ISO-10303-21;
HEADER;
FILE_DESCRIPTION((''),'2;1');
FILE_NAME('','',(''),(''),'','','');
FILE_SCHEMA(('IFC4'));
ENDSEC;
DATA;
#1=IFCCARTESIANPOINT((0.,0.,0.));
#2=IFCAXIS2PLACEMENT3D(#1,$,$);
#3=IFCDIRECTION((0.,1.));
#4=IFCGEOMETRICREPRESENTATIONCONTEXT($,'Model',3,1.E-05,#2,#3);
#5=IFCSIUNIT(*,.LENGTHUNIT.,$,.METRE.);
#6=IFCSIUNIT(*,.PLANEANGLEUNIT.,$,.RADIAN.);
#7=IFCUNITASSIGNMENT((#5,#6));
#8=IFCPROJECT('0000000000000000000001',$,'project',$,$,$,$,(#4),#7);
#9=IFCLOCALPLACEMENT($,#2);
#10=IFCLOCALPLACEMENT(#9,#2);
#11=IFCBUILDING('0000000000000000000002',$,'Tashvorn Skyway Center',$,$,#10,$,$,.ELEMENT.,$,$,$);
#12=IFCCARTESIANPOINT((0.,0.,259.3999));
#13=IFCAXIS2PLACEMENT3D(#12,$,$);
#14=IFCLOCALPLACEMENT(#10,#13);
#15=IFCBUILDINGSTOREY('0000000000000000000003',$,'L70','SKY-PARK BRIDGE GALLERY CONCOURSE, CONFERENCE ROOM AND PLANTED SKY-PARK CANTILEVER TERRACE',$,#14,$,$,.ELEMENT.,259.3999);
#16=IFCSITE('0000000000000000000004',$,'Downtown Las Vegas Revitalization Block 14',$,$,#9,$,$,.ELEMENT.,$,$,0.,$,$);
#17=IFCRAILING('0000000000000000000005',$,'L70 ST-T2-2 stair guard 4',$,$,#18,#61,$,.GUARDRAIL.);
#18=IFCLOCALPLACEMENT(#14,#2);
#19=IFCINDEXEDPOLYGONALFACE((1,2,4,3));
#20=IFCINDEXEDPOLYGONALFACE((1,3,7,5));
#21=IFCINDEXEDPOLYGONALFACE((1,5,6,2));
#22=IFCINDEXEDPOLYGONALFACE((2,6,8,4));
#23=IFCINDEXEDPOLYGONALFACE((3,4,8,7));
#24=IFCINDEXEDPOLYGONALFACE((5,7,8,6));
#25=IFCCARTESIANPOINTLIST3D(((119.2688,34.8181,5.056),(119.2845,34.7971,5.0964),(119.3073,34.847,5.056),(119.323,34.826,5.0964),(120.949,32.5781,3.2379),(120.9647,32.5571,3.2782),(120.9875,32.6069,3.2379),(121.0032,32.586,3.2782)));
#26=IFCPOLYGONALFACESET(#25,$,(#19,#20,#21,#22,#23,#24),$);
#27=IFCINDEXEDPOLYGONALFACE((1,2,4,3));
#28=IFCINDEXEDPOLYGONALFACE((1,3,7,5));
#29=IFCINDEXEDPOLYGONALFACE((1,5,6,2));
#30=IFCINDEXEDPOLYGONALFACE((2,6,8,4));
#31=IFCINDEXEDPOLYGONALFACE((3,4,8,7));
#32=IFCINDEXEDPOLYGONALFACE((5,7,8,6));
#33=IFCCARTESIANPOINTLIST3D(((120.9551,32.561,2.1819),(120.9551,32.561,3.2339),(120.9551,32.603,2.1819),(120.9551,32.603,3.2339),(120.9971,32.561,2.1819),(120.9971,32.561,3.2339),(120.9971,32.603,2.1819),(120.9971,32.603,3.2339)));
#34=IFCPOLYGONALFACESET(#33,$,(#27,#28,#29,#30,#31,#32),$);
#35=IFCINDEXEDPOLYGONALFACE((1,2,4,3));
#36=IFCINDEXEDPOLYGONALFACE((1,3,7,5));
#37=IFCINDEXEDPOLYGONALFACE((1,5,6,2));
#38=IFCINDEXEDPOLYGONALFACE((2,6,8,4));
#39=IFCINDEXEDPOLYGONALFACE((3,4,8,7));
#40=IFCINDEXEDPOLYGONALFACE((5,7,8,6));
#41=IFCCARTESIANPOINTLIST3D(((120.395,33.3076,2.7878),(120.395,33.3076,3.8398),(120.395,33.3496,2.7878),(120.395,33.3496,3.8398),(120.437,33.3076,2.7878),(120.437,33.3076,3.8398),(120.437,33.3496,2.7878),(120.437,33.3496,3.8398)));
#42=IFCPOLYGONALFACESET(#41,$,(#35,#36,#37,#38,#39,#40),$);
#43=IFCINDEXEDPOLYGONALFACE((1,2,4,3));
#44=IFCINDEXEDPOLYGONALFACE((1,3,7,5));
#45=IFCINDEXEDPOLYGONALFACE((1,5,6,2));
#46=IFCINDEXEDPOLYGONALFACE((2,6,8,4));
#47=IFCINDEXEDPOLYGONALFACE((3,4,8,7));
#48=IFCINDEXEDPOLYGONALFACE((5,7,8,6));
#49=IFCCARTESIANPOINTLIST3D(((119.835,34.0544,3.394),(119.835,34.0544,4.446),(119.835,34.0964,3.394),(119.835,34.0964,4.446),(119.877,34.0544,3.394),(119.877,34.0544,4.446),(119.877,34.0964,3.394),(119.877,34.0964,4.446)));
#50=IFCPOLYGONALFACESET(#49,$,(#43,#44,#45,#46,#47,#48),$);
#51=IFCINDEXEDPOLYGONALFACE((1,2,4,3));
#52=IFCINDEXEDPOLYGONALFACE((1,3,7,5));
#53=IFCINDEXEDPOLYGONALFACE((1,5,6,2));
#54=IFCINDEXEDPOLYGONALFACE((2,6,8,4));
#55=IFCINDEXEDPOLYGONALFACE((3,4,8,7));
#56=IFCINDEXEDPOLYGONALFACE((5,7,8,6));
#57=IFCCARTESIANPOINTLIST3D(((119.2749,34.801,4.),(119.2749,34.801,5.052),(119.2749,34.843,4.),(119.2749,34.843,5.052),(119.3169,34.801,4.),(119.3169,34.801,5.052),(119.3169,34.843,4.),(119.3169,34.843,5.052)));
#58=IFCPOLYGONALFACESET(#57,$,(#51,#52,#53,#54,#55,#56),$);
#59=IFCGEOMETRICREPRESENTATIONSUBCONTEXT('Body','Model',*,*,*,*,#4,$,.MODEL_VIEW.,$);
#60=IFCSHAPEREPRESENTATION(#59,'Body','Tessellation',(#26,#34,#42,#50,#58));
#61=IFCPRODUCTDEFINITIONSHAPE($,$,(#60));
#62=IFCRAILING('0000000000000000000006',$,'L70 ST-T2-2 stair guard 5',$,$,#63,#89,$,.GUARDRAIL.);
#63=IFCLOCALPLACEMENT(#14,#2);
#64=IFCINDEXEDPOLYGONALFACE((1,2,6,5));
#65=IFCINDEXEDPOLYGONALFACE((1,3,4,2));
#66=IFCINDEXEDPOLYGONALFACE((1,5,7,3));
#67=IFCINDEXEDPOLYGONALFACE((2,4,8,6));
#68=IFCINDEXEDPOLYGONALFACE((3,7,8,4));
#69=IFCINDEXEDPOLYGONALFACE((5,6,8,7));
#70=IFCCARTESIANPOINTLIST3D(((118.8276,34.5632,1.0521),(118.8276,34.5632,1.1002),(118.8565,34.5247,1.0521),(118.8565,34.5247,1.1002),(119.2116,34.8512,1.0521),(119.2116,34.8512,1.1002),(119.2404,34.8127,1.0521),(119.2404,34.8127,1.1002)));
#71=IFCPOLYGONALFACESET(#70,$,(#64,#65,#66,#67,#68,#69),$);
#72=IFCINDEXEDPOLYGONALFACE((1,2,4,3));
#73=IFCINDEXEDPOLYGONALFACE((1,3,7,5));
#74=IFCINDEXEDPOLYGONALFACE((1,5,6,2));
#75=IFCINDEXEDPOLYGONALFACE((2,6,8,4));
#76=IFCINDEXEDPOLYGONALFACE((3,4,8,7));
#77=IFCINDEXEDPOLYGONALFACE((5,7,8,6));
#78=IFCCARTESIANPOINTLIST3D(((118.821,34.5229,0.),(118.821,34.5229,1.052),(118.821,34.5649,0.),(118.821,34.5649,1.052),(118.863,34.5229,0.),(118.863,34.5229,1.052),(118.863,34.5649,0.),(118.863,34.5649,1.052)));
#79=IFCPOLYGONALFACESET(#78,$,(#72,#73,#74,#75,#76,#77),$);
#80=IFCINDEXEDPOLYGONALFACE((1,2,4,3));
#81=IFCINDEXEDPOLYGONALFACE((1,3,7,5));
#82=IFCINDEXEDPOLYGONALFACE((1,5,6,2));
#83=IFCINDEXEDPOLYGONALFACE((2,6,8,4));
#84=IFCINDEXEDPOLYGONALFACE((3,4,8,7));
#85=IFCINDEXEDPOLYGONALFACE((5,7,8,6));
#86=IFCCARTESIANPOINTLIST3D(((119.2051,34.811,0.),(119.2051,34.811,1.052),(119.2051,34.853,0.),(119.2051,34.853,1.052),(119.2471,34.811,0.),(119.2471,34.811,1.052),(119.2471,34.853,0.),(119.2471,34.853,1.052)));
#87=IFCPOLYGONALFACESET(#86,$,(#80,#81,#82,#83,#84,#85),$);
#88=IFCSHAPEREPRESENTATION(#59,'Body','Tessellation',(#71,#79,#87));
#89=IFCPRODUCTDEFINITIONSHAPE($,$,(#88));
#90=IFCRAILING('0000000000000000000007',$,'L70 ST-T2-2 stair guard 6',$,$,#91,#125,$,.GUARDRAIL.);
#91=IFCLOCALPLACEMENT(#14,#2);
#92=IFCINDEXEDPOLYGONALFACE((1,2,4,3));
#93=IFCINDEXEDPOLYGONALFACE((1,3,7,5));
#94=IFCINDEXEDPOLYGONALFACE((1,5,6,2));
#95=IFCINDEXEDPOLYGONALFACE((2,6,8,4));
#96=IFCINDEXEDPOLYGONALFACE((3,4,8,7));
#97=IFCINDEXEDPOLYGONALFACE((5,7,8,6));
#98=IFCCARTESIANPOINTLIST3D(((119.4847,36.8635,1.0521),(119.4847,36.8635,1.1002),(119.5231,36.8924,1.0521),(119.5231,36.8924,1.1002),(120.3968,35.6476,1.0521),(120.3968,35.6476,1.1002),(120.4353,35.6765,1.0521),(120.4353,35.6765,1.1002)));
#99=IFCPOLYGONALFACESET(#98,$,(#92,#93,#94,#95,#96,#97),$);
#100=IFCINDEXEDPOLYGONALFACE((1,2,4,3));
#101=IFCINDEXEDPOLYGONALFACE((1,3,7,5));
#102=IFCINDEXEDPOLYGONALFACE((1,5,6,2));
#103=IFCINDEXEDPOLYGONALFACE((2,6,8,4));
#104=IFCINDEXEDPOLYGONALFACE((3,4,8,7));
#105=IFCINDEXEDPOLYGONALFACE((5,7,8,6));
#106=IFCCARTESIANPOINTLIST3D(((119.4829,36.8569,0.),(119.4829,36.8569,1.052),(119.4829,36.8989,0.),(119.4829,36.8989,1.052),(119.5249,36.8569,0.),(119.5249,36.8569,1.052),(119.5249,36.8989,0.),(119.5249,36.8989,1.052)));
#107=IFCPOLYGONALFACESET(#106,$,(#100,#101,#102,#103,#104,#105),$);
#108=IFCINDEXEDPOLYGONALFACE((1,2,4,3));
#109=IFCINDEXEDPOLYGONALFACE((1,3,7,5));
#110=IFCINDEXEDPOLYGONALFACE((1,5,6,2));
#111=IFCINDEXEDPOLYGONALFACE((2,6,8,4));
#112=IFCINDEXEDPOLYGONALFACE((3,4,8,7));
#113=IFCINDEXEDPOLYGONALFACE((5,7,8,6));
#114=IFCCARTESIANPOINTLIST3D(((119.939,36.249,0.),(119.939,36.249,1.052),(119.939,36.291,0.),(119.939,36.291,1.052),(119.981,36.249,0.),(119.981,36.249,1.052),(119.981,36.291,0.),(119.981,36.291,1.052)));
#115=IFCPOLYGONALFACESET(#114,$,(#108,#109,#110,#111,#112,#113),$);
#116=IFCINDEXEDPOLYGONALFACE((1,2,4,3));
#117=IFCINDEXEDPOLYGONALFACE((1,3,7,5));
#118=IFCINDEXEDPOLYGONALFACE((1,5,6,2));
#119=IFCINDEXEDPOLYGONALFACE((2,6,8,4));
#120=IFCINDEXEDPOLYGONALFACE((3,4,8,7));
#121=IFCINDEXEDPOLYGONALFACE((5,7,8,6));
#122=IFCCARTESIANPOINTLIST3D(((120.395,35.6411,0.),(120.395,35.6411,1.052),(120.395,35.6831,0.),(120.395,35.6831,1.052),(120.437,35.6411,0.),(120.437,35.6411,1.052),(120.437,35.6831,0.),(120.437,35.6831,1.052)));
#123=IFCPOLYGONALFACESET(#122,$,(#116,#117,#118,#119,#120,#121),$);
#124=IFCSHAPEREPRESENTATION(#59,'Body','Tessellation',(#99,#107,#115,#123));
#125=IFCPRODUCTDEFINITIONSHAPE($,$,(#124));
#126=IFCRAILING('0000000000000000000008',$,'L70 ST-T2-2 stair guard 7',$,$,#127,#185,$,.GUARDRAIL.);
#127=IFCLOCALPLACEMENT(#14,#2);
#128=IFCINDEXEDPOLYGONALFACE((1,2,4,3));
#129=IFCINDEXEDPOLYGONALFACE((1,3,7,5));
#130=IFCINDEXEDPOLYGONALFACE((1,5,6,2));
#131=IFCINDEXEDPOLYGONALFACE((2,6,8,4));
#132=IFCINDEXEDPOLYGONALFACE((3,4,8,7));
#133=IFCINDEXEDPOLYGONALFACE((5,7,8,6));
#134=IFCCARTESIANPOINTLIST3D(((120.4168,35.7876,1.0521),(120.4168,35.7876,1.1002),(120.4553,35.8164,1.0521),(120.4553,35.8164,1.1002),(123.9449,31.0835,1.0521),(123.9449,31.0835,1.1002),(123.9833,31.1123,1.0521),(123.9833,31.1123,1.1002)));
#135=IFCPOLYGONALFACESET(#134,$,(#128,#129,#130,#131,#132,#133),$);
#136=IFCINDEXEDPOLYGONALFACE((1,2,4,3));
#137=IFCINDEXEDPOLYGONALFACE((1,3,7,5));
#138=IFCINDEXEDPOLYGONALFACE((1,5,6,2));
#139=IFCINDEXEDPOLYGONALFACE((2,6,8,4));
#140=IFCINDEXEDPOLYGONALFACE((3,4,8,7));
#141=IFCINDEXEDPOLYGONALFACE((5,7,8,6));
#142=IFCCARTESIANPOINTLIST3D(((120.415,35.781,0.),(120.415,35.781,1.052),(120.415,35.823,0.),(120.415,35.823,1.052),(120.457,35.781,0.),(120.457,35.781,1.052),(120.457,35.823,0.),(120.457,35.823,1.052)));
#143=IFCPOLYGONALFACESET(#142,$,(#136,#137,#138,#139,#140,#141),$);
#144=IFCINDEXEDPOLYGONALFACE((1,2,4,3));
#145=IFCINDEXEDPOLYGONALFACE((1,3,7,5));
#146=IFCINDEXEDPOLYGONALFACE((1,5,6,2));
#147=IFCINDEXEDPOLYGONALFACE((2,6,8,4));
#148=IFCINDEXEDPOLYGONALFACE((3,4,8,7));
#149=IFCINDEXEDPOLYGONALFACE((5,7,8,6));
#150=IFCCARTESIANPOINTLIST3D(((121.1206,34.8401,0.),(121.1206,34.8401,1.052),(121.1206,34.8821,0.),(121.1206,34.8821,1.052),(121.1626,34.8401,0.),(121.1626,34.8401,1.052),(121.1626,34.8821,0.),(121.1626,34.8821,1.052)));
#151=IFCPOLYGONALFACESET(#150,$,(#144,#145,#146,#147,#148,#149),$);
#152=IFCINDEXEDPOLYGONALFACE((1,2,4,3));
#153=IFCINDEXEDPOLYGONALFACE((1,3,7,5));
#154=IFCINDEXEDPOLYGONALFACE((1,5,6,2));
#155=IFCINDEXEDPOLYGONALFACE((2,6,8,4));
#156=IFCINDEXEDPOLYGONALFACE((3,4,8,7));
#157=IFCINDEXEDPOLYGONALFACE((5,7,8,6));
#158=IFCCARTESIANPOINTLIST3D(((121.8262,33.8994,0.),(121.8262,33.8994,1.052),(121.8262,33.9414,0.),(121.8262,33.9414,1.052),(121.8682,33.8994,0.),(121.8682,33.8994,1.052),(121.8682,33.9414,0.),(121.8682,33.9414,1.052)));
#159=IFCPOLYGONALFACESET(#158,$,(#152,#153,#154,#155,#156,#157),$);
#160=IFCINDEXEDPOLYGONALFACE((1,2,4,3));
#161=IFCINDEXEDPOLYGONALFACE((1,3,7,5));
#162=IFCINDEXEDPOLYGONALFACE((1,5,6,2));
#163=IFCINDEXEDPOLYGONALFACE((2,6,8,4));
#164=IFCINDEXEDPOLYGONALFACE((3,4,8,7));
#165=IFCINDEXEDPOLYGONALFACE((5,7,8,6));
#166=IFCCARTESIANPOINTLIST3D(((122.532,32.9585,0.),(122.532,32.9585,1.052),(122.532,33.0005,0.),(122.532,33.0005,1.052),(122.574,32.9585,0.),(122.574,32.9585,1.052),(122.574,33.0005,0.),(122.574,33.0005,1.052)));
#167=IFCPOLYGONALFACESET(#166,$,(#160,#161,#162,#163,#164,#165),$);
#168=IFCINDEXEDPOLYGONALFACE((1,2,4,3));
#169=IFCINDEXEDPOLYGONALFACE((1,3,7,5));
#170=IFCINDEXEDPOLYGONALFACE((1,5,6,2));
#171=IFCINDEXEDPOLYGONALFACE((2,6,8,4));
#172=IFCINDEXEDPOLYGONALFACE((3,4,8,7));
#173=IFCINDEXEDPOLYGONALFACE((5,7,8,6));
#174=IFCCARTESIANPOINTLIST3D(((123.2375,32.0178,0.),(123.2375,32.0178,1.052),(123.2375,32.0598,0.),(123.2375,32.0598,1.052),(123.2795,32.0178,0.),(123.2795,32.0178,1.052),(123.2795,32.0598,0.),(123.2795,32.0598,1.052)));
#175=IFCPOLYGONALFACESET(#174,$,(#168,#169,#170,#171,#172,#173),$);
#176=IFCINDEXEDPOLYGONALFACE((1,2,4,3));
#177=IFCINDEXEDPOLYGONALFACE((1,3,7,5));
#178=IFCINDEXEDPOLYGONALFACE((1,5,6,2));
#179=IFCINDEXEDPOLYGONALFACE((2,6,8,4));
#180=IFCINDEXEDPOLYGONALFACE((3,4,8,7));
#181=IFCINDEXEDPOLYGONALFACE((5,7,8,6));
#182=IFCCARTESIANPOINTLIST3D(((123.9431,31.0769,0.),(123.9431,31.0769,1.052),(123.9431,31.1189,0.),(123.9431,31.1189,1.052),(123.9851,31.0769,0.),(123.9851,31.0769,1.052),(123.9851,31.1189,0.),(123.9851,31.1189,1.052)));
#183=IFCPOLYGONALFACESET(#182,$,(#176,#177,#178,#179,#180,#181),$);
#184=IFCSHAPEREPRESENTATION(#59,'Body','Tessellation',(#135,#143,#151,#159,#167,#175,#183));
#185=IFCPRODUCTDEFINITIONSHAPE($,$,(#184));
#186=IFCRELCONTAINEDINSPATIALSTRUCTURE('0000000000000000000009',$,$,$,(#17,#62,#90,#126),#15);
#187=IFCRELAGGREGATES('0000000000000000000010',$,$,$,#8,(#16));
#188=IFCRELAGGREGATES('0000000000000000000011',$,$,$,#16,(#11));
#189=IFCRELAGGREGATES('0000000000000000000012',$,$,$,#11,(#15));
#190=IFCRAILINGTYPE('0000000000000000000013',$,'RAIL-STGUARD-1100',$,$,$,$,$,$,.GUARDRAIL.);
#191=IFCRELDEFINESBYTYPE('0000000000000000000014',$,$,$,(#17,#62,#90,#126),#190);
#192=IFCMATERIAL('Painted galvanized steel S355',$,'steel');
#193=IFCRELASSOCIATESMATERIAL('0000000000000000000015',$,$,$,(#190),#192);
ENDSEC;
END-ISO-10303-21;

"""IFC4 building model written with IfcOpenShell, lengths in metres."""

from ifc_helpers import new_model, si_unit, direction, frame, origin, origin_2d, place, context, subcontext, project, spatial, rectangle, extrude, material, type_object, element, save


model = new_model("IFC4")

# Units and contexts
model_context = context("Model", 3, precision=1e-05, world=origin(), true_north=direction((0.0, 1.0)))
body_context = subcontext(model_context, "Body", "Model", "MODEL_VIEW")
ifc_project = project(units=[si_unit("LENGTHUNIT", "METRE"), si_unit("PLANEANGLEUNIT", "RADIAN")], contexts=[model_context])

# Site, building, storey
site_placement = place(None, origin())
site = spatial("IfcSite", under=ifc_project, at=site_placement, Name="Downtown Las Vegas Revitalization Block 14", CompositionType="ELEMENT", RefElevation=0.0)
building_placement = place(site_placement, origin())
building = spatial("IfcBuilding", under=site, at=building_placement, Name="Tashvorn Skyway Center", CompositionType="ELEMENT")
storey_placement = place(building_placement, frame((0.0, 0.0, 259.3999)))
storey = spatial("IfcBuildingStorey", under=building, at=storey_placement, Name="L70", Description="SKY-PARK BRIDGE GALLERY CONCOURSE, CONFERENCE ROOM AND PLANTED SKY-PARK CANTILEVER TERRACE", CompositionType="ELEMENT", Elevation=259.3999)

# Railings
ifc_material_1 = material(Name="Painted galvanized steel S355", Category="steel")
railing_type_1 = type_object("IfcRailingType", Name="RAIL-STGUARD-1100", PredefinedType="GUARDRAIL", material=ifc_material_1)
railing_1_placement = place(storey_placement, frame((120.9761, 32.582, 2.1819)))
element("IfcRailing", 1, at=railing_1_placement, inside=storey, type_object=railing_type_1, Name="L70 ST-T2-2 stair guard 4", PredefinedType="GUARDRAIL", context=body_context, shape_type="SweptSolid", body=[
    extrude(rectangle(XDim=0.0481, YDim=0.0481, at=origin_2d()), frame((0.0, 0.0, 1.0762), z_axis=(-0.503261, 0.670942, 0.544578), x_axis=(-0.799969, -0.600042, 0.0)), (0.0, 0.0, 1.0), 3.3386),
    extrude(rectangle(XDim=0.042, YDim=0.042, at=origin_2d()), origin(), (0.0, 0.0, 1.0), 1.052),
    extrude(rectangle(XDim=0.042, YDim=0.042, at=origin_2d()), frame((-0.5601, 0.7466, 0.606)), (0.0, 0.0, 1.0), 1.052),
    extrude(rectangle(XDim=0.042, YDim=0.042, at=origin_2d()), frame((-1.1201, 1.4934, 1.2122)), (0.0, 0.0, 1.0), 1.052),
    extrude(rectangle(XDim=0.042, YDim=0.042, at=origin_2d()), frame((-1.6802, 2.24, 1.8181)), (0.0, 0.0, 1.0), 1.052),
])
railing_2_placement = place(storey_placement, frame((118.842, 34.5439, 0.0)))
element("IfcRailing", 2, at=railing_2_placement, inside=storey, type_object=railing_type_1, Name="L70 ST-T2-2 stair guard 5", PredefinedType="GUARDRAIL", context=body_context, shape_type="SweptSolid", body=[
    extrude(rectangle(XDim=0.0481, YDim=0.0481, at=origin_2d()), frame((0.0, 0.0, 1.0762), z_axis=(0.799939, 0.600081, 0.0), x_axis=(-0.600081, 0.799939, 0.0)), (0.0, 0.0, 1.0), 0.48),
    extrude(rectangle(XDim=0.042, YDim=0.042, at=origin_2d()), origin(), (0.0, 0.0, 1.0), 1.052),
    extrude(rectangle(XDim=0.042, YDim=0.042, at=origin_2d()), frame((0.384, 0.2881, 0.0)), (0.0, 0.0, 1.0), 1.052),
])
railing_3_placement = place(storey_placement, frame((119.5039, 36.8779, 0.0)))
element("IfcRailing", 3, at=railing_3_placement, inside=storey, type_object=railing_type_1, Name="L70 ST-T2-2 stair guard 6", PredefinedType="GUARDRAIL", context=body_context, shape_type="SweptSolid", body=[
    extrude(rectangle(XDim=0.0481, YDim=0.0481, at=origin_2d()), frame((0.0, 0.0, 1.0762), z_axis=(0.600103, -0.799923, 0.0), x_axis=(0.799923, 0.600103, 0.0)), (0.0, 0.0, 1.0), 1.52),
    extrude(rectangle(XDim=0.042, YDim=0.042, at=origin_2d()), origin(), (0.0, 0.0, 1.0), 1.052),
    extrude(rectangle(XDim=0.042, YDim=0.042, at=origin_2d()), frame((0.4561, -0.6079, 0.0)), (0.0, 0.0, 1.0), 1.052),
    extrude(rectangle(XDim=0.042, YDim=0.042, at=origin_2d()), frame((0.9121, -1.2158, 0.0)), (0.0, 0.0, 1.0), 1.052),
])
railing_4_placement = place(storey_placement, frame((120.436, 35.802, 0.0)))
element("IfcRailing", 4, at=railing_4_placement, inside=storey, type_object=railing_type_1, Name="L70 ST-T2-2 stair guard 7", PredefinedType="GUARDRAIL", context=body_context, shape_type="SweptSolid", body=[
    extrude(rectangle(XDim=0.0481, YDim=0.0481, at=origin_2d()), frame((0.0, 0.0, 1.0762), z_axis=(0.6, -0.8, 0.0), x_axis=(0.8, 0.6, 0.0)), (0.0, 0.0, 1.0), 5.8801),
    extrude(rectangle(XDim=0.042, YDim=0.042, at=origin_2d()), origin(), (0.0, 0.0, 1.0), 1.052),
    extrude(rectangle(XDim=0.042, YDim=0.042, at=origin_2d()), frame((0.7056, -0.9409, 0.0)), (0.0, 0.0, 1.0), 1.052),
    extrude(rectangle(XDim=0.042, YDim=0.042, at=origin_2d()), frame((1.4111, -1.8816, 0.0)), (0.0, 0.0, 1.0), 1.052),
    extrude(rectangle(XDim=0.042, YDim=0.042, at=origin_2d()), frame((2.1169, -2.8225, 0.0)), (0.0, 0.0, 1.0), 1.052),
    extrude(rectangle(XDim=0.042, YDim=0.042, at=origin_2d()), frame((2.8225, -3.7632, 0.0)), (0.0, 0.0, 1.0), 1.052),
    extrude(rectangle(XDim=0.042, YDim=0.042, at=origin_2d()), frame((3.5281, -4.7041, 0.0)), (0.0, 0.0, 1.0), 1.052),
])

save(model, "model.ifc")
